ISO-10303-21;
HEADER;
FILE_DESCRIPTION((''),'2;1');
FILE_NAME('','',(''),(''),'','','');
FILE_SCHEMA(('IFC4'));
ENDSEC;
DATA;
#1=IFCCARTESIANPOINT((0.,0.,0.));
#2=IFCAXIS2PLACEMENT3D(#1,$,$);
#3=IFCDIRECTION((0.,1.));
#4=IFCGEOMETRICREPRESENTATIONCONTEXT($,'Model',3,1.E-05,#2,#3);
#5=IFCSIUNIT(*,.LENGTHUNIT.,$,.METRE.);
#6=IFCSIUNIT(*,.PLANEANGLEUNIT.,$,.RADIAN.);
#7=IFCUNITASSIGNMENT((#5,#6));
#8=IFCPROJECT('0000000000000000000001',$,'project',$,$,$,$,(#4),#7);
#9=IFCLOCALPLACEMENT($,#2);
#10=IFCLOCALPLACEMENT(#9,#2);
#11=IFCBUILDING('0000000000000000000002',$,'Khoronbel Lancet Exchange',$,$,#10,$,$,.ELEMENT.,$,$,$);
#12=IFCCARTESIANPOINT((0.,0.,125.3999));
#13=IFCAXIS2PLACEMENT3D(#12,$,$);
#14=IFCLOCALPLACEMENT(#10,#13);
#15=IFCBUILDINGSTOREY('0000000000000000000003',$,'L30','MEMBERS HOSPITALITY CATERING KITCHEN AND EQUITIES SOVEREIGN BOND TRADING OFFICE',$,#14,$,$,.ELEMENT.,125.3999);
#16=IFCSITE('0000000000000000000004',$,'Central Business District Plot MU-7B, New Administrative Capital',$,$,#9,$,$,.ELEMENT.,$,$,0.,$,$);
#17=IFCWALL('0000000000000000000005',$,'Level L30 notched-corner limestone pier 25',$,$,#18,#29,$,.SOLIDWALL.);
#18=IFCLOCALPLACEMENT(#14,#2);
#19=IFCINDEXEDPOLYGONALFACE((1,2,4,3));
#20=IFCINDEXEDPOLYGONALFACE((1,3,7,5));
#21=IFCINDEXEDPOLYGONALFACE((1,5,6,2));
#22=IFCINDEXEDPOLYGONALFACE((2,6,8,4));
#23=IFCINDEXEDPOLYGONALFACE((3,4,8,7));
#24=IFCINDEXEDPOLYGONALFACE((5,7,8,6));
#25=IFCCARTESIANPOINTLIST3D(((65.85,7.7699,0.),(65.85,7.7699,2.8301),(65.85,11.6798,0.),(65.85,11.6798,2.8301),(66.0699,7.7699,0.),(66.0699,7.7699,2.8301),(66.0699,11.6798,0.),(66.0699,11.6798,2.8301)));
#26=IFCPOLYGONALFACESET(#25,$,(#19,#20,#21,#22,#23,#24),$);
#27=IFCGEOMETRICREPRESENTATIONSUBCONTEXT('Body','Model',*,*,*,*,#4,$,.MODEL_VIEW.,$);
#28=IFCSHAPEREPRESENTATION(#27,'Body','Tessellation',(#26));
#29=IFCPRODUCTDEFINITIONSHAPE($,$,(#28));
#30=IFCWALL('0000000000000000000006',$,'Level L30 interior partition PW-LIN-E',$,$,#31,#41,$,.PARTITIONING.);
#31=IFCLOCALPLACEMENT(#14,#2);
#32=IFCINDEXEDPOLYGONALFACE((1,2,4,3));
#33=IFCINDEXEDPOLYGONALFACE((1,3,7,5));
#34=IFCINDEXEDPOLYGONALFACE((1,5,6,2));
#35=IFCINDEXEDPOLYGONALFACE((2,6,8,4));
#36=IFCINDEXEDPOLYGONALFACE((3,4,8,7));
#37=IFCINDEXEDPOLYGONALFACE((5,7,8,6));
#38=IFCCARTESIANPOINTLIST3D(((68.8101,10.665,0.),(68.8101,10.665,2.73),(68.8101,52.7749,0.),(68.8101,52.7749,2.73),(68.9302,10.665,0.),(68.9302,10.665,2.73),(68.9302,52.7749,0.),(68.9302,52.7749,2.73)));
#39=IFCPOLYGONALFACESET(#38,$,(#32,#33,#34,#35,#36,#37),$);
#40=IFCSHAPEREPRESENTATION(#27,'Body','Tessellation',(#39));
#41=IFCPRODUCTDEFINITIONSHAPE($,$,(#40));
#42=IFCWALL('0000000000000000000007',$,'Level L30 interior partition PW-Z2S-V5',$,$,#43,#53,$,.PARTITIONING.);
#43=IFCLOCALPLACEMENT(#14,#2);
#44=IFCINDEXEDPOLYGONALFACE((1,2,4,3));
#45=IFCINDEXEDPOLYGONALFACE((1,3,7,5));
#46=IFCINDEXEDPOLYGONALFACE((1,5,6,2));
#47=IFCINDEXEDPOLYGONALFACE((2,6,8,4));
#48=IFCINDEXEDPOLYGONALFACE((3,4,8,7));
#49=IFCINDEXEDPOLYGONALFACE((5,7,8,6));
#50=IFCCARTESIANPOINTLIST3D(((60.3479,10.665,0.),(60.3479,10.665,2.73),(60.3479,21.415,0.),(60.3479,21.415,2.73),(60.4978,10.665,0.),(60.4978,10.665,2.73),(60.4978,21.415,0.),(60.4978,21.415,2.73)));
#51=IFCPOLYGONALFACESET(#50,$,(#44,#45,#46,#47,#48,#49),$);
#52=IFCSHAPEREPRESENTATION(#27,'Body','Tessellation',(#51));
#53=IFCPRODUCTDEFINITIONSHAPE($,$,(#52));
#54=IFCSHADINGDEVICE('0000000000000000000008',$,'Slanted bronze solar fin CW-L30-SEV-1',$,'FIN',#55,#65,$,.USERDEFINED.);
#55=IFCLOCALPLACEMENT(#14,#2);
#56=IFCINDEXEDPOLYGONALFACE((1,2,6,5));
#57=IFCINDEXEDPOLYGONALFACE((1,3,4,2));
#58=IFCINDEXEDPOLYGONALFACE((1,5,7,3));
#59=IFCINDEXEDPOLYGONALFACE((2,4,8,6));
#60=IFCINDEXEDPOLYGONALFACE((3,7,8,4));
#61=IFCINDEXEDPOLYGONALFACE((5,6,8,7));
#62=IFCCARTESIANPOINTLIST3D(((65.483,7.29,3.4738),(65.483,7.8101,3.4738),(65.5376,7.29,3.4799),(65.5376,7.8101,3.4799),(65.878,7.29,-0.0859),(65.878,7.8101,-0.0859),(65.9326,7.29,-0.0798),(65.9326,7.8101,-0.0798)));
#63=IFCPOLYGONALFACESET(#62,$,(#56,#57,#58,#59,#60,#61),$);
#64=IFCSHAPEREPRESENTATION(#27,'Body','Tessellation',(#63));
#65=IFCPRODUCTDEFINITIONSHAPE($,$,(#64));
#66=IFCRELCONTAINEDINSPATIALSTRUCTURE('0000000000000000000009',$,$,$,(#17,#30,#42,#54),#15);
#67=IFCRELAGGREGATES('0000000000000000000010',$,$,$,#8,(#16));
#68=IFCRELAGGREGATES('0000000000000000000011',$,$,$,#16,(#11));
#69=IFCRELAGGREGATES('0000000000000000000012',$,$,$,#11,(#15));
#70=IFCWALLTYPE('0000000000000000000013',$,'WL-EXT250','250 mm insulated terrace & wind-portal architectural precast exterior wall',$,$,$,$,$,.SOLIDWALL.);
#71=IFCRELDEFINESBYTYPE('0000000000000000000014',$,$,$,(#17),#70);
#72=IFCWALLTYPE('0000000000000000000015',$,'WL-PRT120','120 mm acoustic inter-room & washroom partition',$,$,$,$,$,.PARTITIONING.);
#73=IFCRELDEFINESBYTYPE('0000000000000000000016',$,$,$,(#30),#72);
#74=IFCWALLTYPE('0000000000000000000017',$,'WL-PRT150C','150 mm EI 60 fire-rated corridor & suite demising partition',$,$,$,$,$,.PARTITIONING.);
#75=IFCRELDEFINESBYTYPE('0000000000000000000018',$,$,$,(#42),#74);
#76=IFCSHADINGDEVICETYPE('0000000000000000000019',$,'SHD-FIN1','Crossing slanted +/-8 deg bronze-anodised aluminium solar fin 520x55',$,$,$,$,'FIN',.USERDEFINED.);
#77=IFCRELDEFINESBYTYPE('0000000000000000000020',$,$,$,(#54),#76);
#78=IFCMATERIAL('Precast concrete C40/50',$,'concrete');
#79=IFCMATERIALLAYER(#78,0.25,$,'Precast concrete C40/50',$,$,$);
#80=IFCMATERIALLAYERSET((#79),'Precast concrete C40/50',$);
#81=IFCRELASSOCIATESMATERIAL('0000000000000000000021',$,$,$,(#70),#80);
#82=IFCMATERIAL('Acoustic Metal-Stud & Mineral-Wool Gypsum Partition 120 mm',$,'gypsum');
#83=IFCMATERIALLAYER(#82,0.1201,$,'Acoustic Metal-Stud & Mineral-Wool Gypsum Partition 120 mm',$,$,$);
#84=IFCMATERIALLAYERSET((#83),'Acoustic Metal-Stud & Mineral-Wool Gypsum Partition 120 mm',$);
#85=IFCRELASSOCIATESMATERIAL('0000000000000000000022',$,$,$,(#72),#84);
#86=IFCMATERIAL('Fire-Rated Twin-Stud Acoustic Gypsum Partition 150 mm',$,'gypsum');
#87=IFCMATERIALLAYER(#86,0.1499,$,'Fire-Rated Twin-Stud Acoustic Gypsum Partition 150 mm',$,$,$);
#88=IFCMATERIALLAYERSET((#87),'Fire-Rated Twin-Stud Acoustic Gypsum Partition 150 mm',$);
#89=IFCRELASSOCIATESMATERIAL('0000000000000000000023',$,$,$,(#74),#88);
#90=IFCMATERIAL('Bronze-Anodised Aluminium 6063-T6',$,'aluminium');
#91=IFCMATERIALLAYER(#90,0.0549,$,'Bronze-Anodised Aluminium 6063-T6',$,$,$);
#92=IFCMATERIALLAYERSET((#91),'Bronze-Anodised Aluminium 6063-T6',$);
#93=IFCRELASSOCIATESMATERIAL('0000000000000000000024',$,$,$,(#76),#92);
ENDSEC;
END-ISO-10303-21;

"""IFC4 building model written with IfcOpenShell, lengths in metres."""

from ifc_helpers import new_model, si_unit, direction, frame, frame_2d, origin, place, context, subcontext, project, spatial, polyline, rectangle, outline, extrude, material, layer, layer_set, type_object, element, save


model = new_model("IFC4")

# Units and contexts
model_context = context("Model", 3, precision=1e-05, world=origin(), true_north=direction((0.0, 1.0)))
body_context = subcontext(model_context, "Body", "Model", "MODEL_VIEW")
ifc_project = project(units=[si_unit("LENGTHUNIT", "METRE"), si_unit("PLANEANGLEUNIT", "RADIAN")], contexts=[model_context])

# Site, building, storey
site_placement = place(None, origin())
site = spatial("IfcSite", under=ifc_project, at=site_placement, Name="Central Business District Plot MU-7B, New Administrative Capital", CompositionType="ELEMENT", RefElevation=0.0)
building_placement = place(site_placement, origin())
building = spatial("IfcBuilding", under=site, at=building_placement, Name="Khoronbel Lancet Exchange", CompositionType="ELEMENT")
storey_placement = place(building_placement, frame((0.0, 0.0, 125.3999)))
storey = spatial("IfcBuildingStorey", under=building, at=storey_placement, Name="L30", Description="MEMBERS HOSPITALITY CATERING KITCHEN AND EQUITIES SOVEREIGN BOND TRADING OFFICE", CompositionType="ELEMENT", Elevation=125.3999)

# Shared definitions
ifc_material_1 = material(Name="Bronze-Anodised Aluminium 6063-T6", Category="aluminium")

# Walls
ifc_material_2 = material(Name="Precast concrete C40/50", Category="concrete")
ifc_layer_1 = layer(ifc_material_2, 0.25, Name="Precast concrete C40/50")
ifc_layer_set_1 = layer_set([ifc_layer_1], Name="Precast concrete C40/50")
wall_type_1 = type_object("IfcWallType", Name="WL-EXT250", Description="250 mm insulated terrace & wind-portal architectural precast exterior wall", PredefinedType="SOLIDWALL", material=ifc_layer_set_1)
wall_1_placement = place(storey_placement, frame((65.96, 11.6799, 0.0), z_axis=(0.0, 0.0, 1.0), x_axis=(0.0, -1.0, 0.0)))
element("IfcWall", 1, at=wall_1_placement, inside=storey, type_object=wall_type_1, Name="Level L30 notched-corner limestone pier 25", PredefinedType="SOLIDWALL", context=body_context, shape_type="SweptSolid", body=[
    extrude(rectangle(XDim=3.9099, YDim=0.22, at=frame_2d((1.9551, 0.0))), origin(), (0.0, 0.0, 1.0), 2.8301),
])
ifc_material_3 = material(Name="Acoustic Metal-Stud & Mineral-Wool Gypsum Partition 120 mm", Category="gypsum")
ifc_layer_2 = layer(ifc_material_3, 0.1201, Name="Acoustic Metal-Stud & Mineral-Wool Gypsum Partition 120 mm")
ifc_layer_set_2 = layer_set([ifc_layer_2], Name="Acoustic Metal-Stud & Mineral-Wool Gypsum Partition 120 mm")
wall_type_2 = type_object("IfcWallType", Name="WL-PRT120", Description="120 mm acoustic inter-room & washroom partition", PredefinedType="PARTITIONING", material=ifc_layer_set_2)
wall_2_placement = place(storey_placement, frame((68.8701, 10.665, 0.0), z_axis=(0.0, 0.0, 1.0), x_axis=(0.0, 1.0, 0.0)))
element("IfcWall", 2, at=wall_2_placement, inside=storey, type_object=wall_type_2, Name="Level L30 interior partition PW-LIN-E", PredefinedType="PARTITIONING", context=body_context, shape_type="SweptSolid", body=[
    extrude(rectangle(XDim=42.1099, YDim=0.1201, at=frame_2d((21.0549, 0.0))), origin(), (0.0, 0.0, 1.0), 2.73),
])
ifc_material_4 = material(Name="Fire-Rated Twin-Stud Acoustic Gypsum Partition 150 mm", Category="gypsum")
ifc_layer_3 = layer(ifc_material_4, 0.1499, Name="Fire-Rated Twin-Stud Acoustic Gypsum Partition 150 mm")
ifc_layer_set_3 = layer_set([ifc_layer_3], Name="Fire-Rated Twin-Stud Acoustic Gypsum Partition 150 mm")
wall_type_3 = type_object("IfcWallType", Name="WL-PRT150C", Description="150 mm EI 60 fire-rated corridor & suite demising partition", PredefinedType="PARTITIONING", material=ifc_layer_set_3)
wall_3_placement = place(storey_placement, frame((60.4229, 10.665, 0.0), z_axis=(0.0, 0.0, 1.0), x_axis=(0.0, 1.0, 0.0)))
element("IfcWall", 3, at=wall_3_placement, inside=storey, type_object=wall_type_3, Name="Level L30 interior partition PW-Z2S-V5", PredefinedType="PARTITIONING", context=body_context, shape_type="SweptSolid", body=[
    extrude(rectangle(XDim=10.75, YDim=0.1499, at=frame_2d((5.375, 0.0))), origin(), (0.0, 0.0, 1.0), 2.73),
])

# Shading device
ifc_layer_4 = layer(ifc_material_1, 0.0549, Name="Bronze-Anodised Aluminium 6063-T6")
ifc_layer_set_4 = layer_set([ifc_layer_4], Name="Bronze-Anodised Aluminium 6063-T6")
shading_device_type = type_object("IfcShadingDeviceType", Name="SHD-FIN1", Description="Crossing slanted +/-8 deg bronze-anodised aluminium solar fin 520x55", ElementType="FIN", PredefinedType="USERDEFINED", material=ifc_layer_set_4)
shading_device_placement = place(storey_placement, frame((65.9326, 7.8101, -0.0798), z_axis=(0.9939, 0.0, 0.110289), x_axis=(0.0, -1.0, 0.0)))
element("IfcShadingDevice", 4, at=shading_device_placement, inside=storey, type_object=shading_device_type, Name="Slanted bronze solar fin CW-L30-SEV-1", ObjectType="FIN", PredefinedType="USERDEFINED", context=body_context, shape_type="SweptSolid", body=[
    extrude(outline(polyline([(0.0, 0.0), (0.52, 0.0), (0.52, -3.5815), (0.0, -3.5815), (0.0, 0.0)])), origin(), (0.0, 0.0, -1.0), 0.0549),
])

save(model, "model.ifc")
